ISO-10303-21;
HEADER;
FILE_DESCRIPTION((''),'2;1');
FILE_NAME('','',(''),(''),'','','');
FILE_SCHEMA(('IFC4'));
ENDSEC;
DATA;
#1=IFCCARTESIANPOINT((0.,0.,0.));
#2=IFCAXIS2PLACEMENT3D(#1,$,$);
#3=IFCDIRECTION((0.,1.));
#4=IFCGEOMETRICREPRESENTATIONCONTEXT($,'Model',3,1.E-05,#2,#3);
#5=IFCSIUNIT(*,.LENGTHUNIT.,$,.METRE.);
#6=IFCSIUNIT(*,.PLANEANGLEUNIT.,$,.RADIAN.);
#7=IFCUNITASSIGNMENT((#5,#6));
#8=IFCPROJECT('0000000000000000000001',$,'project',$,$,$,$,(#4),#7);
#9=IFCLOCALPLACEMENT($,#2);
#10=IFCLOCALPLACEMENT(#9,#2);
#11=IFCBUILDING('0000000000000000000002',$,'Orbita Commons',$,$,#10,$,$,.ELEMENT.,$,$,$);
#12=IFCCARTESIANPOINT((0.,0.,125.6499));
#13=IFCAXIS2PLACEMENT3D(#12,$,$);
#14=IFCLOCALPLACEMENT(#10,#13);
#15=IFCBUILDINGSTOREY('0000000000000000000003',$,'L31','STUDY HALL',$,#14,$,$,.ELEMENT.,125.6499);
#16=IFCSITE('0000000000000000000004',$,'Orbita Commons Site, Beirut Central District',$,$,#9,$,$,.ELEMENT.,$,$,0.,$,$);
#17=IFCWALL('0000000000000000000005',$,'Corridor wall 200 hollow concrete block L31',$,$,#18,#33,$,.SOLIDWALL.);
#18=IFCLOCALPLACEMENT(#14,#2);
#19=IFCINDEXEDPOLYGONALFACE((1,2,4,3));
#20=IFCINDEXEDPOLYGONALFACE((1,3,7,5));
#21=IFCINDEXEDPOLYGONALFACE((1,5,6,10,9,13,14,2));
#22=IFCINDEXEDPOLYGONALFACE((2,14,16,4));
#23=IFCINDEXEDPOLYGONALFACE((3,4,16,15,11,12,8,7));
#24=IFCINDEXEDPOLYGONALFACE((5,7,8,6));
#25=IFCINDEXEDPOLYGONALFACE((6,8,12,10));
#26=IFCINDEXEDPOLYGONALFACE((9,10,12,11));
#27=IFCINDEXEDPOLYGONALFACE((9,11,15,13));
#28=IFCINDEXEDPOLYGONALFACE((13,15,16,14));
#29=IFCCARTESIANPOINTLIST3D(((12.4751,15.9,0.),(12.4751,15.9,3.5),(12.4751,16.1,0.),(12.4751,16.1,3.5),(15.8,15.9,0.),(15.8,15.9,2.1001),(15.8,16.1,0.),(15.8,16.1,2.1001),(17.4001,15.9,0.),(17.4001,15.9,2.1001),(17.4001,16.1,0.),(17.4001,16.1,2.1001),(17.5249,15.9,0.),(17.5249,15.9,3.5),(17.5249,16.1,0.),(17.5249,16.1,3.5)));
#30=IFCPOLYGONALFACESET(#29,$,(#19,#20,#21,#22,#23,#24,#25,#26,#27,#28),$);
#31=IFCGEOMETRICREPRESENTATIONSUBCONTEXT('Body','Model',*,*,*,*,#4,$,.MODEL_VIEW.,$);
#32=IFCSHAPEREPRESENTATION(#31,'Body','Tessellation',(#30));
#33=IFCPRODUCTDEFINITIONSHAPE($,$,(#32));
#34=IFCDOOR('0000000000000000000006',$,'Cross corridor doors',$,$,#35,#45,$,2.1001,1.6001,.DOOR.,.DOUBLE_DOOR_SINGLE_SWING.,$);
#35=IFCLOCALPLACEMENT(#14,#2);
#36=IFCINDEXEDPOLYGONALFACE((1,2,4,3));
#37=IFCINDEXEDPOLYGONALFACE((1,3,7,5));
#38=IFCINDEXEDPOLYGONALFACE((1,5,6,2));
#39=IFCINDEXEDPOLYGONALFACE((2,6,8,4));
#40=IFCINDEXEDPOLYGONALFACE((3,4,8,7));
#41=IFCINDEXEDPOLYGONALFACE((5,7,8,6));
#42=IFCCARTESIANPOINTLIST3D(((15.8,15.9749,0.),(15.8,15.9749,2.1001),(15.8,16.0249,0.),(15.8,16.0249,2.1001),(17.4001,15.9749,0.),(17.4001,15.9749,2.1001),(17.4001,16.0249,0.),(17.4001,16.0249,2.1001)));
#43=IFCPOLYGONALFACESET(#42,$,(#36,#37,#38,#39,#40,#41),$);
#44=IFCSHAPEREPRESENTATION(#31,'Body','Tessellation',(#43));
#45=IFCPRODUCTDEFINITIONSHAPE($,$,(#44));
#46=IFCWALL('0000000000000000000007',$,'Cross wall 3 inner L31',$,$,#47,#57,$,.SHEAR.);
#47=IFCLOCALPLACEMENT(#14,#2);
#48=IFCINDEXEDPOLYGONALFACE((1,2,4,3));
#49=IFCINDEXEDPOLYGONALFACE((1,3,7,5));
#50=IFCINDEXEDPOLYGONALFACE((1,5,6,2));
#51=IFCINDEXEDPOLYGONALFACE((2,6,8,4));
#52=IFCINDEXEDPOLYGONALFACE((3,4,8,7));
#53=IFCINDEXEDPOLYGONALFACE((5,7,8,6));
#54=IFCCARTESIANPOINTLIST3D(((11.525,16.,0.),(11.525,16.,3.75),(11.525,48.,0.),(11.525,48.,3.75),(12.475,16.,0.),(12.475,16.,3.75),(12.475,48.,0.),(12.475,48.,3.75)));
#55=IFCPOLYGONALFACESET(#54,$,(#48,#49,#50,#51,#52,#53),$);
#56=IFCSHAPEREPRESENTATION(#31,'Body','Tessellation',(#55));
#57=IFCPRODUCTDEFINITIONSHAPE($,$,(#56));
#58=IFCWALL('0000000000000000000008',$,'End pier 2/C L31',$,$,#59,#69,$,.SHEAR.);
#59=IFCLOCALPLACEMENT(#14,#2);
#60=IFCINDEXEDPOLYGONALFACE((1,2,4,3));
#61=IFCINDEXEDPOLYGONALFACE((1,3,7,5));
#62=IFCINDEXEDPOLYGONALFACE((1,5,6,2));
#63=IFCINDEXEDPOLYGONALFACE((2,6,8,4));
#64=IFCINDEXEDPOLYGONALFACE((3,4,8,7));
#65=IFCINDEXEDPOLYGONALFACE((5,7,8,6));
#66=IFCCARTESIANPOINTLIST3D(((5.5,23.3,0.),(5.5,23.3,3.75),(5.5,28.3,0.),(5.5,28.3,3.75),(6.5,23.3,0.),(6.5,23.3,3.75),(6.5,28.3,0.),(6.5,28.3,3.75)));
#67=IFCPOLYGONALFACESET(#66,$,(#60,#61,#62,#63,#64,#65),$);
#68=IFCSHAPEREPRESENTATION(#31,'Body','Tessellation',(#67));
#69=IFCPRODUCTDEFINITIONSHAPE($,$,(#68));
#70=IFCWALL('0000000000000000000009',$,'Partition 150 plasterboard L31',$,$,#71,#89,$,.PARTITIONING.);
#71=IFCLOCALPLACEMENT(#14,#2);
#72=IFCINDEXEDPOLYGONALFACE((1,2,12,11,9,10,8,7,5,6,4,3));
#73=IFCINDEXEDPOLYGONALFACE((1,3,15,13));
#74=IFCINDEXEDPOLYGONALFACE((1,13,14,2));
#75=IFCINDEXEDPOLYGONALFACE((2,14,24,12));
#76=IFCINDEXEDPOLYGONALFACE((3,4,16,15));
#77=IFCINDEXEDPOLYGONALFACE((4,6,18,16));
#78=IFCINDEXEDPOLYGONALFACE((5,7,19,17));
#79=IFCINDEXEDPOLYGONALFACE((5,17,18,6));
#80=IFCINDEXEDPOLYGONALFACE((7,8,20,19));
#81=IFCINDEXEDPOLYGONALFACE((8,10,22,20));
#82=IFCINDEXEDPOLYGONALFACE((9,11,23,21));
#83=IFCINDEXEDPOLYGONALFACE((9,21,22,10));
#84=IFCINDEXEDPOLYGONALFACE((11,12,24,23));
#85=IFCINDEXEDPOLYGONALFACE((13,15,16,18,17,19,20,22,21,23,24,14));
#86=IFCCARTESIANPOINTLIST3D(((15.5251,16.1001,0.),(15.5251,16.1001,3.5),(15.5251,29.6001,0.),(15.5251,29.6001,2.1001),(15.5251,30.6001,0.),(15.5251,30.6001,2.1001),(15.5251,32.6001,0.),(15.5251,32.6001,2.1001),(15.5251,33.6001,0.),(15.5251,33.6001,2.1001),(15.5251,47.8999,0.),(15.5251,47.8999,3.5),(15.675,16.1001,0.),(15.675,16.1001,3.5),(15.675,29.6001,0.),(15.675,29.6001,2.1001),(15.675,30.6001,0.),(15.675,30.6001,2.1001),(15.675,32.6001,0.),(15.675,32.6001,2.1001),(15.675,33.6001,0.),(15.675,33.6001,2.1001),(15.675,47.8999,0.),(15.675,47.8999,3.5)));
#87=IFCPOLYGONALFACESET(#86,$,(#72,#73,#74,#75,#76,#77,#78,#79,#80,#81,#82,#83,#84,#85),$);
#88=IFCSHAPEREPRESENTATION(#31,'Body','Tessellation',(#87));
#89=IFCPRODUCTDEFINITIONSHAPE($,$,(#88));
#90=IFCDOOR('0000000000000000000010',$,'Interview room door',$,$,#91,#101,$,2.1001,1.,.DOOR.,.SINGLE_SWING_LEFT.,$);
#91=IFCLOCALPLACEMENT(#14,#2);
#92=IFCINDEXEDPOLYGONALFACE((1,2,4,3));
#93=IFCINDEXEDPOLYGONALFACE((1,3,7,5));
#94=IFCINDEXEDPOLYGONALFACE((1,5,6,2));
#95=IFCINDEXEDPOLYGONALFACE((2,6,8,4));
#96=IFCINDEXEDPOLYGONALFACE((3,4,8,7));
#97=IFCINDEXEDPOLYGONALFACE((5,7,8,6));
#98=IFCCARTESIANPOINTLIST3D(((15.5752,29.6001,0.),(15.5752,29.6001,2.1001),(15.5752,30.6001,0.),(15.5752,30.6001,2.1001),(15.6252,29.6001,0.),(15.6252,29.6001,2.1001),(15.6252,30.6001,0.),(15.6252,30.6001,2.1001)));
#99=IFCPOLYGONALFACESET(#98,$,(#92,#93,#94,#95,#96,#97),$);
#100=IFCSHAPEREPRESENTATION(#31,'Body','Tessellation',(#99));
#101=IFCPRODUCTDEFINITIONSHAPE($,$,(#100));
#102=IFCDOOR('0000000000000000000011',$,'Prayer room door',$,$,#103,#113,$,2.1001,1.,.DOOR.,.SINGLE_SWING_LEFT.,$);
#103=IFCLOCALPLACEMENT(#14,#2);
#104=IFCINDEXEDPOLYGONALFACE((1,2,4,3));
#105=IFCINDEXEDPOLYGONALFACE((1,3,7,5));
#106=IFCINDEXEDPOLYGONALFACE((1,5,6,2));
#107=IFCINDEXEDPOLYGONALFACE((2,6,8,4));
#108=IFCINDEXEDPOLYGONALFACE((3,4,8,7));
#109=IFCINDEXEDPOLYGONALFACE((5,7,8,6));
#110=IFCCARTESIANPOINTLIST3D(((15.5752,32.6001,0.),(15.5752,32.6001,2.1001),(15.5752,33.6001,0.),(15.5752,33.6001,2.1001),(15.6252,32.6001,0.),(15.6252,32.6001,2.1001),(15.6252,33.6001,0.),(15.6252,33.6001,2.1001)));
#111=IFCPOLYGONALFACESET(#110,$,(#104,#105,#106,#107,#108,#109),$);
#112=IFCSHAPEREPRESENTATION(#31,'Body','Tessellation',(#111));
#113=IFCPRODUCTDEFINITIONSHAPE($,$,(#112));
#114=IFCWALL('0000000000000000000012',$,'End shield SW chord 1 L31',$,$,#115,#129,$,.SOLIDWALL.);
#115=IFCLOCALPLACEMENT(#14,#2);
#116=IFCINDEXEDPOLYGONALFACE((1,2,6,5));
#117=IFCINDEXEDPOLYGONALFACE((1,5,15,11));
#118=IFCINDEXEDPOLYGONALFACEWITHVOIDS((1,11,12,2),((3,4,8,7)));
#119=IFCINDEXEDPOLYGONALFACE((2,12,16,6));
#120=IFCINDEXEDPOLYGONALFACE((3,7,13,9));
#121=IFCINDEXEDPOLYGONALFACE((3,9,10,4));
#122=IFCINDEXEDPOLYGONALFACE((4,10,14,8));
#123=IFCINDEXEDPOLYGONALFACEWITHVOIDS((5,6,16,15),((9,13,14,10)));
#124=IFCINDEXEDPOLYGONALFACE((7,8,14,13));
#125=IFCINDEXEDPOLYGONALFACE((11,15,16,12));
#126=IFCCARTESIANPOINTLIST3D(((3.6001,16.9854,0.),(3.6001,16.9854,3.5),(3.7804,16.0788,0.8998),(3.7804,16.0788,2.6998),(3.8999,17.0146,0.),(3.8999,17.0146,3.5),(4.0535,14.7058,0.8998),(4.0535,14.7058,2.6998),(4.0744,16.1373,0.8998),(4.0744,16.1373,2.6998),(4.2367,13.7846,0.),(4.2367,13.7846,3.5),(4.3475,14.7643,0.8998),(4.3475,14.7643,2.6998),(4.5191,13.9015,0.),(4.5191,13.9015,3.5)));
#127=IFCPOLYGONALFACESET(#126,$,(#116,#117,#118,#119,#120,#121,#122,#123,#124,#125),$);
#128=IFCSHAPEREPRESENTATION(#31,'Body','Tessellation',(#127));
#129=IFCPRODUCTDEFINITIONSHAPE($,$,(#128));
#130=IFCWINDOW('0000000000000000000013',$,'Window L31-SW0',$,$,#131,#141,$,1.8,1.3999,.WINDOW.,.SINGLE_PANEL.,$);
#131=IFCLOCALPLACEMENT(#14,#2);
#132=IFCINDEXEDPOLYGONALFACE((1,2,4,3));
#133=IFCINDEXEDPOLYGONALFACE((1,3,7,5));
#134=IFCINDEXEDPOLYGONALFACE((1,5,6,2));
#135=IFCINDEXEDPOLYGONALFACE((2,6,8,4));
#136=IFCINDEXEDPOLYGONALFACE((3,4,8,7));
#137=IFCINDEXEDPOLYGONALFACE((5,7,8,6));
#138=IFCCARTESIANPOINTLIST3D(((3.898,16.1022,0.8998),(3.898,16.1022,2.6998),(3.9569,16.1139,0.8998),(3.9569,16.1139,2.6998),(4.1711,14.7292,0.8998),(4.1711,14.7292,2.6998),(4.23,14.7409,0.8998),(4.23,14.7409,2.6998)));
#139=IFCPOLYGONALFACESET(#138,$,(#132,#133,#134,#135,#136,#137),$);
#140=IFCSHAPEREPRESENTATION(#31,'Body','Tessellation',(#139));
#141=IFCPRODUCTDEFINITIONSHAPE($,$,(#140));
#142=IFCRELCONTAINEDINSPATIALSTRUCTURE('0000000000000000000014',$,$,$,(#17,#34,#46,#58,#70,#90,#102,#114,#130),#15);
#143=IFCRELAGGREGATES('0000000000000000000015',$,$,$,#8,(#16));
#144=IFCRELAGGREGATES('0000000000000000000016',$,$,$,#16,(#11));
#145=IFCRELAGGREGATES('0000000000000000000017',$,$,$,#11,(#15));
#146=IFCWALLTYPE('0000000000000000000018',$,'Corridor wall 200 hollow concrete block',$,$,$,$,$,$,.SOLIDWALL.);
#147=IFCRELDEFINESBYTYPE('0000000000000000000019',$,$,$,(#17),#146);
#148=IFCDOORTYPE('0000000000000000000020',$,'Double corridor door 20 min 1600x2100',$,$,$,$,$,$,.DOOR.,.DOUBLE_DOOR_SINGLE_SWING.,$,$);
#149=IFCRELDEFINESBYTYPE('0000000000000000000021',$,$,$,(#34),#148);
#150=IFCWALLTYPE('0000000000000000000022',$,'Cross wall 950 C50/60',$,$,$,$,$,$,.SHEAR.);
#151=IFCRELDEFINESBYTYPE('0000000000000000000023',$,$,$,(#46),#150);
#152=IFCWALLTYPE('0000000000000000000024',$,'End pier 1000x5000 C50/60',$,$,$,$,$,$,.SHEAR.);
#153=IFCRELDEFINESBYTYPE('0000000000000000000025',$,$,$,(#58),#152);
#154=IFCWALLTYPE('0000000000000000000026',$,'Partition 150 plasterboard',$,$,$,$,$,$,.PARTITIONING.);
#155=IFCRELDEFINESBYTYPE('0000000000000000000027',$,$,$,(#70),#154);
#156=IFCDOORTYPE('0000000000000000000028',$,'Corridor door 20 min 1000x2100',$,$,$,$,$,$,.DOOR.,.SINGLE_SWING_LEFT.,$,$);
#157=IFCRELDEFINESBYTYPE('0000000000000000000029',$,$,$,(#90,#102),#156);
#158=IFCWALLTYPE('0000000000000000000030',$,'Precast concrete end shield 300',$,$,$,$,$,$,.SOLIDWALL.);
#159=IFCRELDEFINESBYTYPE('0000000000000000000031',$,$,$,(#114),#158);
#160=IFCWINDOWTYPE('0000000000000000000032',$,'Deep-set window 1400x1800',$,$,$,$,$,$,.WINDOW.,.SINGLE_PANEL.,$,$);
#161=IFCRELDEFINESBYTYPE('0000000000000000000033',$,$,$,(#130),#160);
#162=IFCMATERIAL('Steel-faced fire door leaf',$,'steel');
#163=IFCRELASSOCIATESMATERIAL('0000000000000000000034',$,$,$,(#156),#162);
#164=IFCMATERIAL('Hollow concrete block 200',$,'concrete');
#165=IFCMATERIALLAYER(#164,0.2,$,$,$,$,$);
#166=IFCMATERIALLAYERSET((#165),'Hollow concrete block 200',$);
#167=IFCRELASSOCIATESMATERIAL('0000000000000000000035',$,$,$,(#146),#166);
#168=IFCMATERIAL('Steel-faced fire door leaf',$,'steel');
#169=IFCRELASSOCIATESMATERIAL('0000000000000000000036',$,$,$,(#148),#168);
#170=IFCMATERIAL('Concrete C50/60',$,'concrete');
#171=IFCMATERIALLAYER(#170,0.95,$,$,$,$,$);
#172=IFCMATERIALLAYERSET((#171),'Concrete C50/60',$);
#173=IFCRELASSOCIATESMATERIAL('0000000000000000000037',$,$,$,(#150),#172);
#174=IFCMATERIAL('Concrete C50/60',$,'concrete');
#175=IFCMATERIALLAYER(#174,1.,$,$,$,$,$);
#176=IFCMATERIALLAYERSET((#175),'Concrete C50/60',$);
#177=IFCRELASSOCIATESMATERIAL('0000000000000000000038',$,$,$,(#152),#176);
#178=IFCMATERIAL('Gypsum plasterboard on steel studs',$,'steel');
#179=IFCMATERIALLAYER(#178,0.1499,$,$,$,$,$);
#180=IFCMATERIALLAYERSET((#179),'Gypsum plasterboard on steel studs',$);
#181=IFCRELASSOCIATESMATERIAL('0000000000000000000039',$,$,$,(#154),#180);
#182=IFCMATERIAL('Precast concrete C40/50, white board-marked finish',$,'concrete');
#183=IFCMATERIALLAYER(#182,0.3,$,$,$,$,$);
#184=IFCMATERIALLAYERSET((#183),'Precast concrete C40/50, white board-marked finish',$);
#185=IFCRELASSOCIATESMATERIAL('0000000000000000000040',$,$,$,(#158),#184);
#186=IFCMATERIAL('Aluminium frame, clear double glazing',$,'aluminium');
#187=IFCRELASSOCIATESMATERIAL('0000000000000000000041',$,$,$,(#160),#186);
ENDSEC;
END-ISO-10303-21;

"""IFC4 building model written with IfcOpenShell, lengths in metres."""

from ifc_helpers import new_model, si_unit, direction, frame, frame_2d, origin, place, context, subcontext, project, spatial, polyline, rectangle, outline, extrude, material, layer, layer_set, type_object, element, fill, save


model = new_model("IFC4")

# Units and contexts
model_context = context("Model", 3, precision=1e-05, world=origin(), true_north=direction((0.0, 1.0)))
body_context = subcontext(model_context, "Body", "Model", "MODEL_VIEW")
ifc_project = project(units=[si_unit("LENGTHUNIT", "METRE"), si_unit("PLANEANGLEUNIT", "RADIAN")], contexts=[model_context])

# Site, building, storey
site_placement = place(None, origin())
site = spatial("IfcSite", under=ifc_project, at=site_placement, Name="Orbita Commons Site, Beirut Central District", CompositionType="ELEMENT", RefElevation=0.0)
building_placement = place(site_placement, origin())
building = spatial("IfcBuilding", under=site, at=building_placement, Name="Orbita Commons", CompositionType="ELEMENT")
storey_placement = place(building_placement, frame((0.0, 0.0, 125.6499)))
storey = spatial("IfcBuildingStorey", under=building, at=storey_placement, Name="L31", Description="STUDY HALL", CompositionType="ELEMENT", Elevation=125.6499)

# Wall, opening, door
ifc_material_1 = material(Name="Steel-faced fire door leaf", Category="steel")
door_type_1 = type_object("IfcDoorType", Name="Corridor door 20 min 1000x2100", OperationType="SINGLE_SWING_LEFT", PredefinedType="DOOR", material=ifc_material_1)
ifc_material_2 = material(Name="Hollow concrete block 200", Category="concrete")
ifc_layer_1 = layer(ifc_material_2, 0.2)
ifc_layer_set_1 = layer_set([ifc_layer_1], Name="Hollow concrete block 200")
wall_type_1 = type_object("IfcWallType", Name="Corridor wall 200 hollow concrete block", PredefinedType="SOLIDWALL", material=ifc_layer_set_1)
wall_1_placement = place(storey_placement, frame((12.4751, 16.0, 0.0), z_axis=(0.0, 0.0, 1.0), x_axis=(1.0, 0.0, 0.0)))
wall_1 = element("IfcWall", 1, at=wall_1_placement, inside=storey, type_object=wall_type_1, Name="Corridor wall 200 hollow concrete block L31", PredefinedType="SOLIDWALL", context=body_context, shape_type="SweptSolid", body=[
    extrude(rectangle(XDim=5.0498, YDim=0.2, at=frame_2d((2.5249, 0.0))), origin(), (0.0, 0.0, 1.0), 3.5),
])
opening_1_placement = place(wall_1_placement, frame((3.325, 0.0, 0.0)))
opening_1 = element("IfcOpeningElement", 2, at=opening_1_placement, cuts=wall_1, PredefinedType="OPENING", context=body_context, shape_type="SweptSolid", body=[
    extrude(rectangle(XDim=1.6001, YDim=2.1001, at=frame_2d((0.8, 1.05))), frame((0.0, 0.1099, 0.0), z_axis=(0.0, -1.0, 0.0), x_axis=(1.0, 0.0, 0.0)), (0.0, 0.0, 1.0), 0.22),
])
ifc_material_3 = material(Name="Steel-faced fire door leaf", Category="steel")
door_type_2 = type_object("IfcDoorType", Name="Double corridor door 20 min 1600x2100", OperationType="DOUBLE_DOOR_SINGLE_SWING", PredefinedType="DOOR", material=ifc_material_3)
door_1_placement = place(opening_1_placement, origin())
door_1 = element("IfcDoor", 3, at=door_1_placement, inside=storey, type_object=door_type_2, Name="Cross corridor doors", OperationType="DOUBLE_DOOR_SINGLE_SWING", OverallHeight=2.1001, OverallWidth=1.6001, PredefinedType="DOOR", context=body_context, shape_type="SweptSolid", body=[
    extrude(rectangle(XDim=1.6001, YDim=2.1001, at=frame_2d((0.8, 1.05))), frame((0.0, 0.0249, 0.0), z_axis=(0.0, -1.0, 0.0), x_axis=(1.0, 0.0, 0.0)), (0.0, 0.0, 1.0), 0.05),
])
fill(opening_1, door_1)

# Walls
ifc_material_4 = material(Name="Concrete C50/60", Category="concrete")
ifc_layer_2 = layer(ifc_material_4, 0.95)
ifc_layer_set_2 = layer_set([ifc_layer_2], Name="Concrete C50/60")
wall_type_2 = type_object("IfcWallType", Name="Cross wall 950 C50/60", PredefinedType="SHEAR", material=ifc_layer_set_2)
wall_2_placement = place(storey_placement, frame((12.0, 16.0, 0.0), z_axis=(0.0, 0.0, 1.0), x_axis=(0.0, 1.0, 0.0)))
element("IfcWall", 4, at=wall_2_placement, inside=storey, type_object=wall_type_2, Name="Cross wall 3 inner L31", PredefinedType="SHEAR", context=body_context, shape_type="SweptSolid", body=[
    extrude(rectangle(XDim=32.0, YDim=0.95, at=frame_2d((16.0, 0.0))), origin(), (0.0, 0.0, 1.0), 3.75),
])
ifc_material_5 = material(Name="Concrete C50/60", Category="concrete")
ifc_layer_3 = layer(ifc_material_5, 1.0)
ifc_layer_set_3 = layer_set([ifc_layer_3], Name="Concrete C50/60")
wall_type_3 = type_object("IfcWallType", Name="End pier 1000x5000 C50/60", PredefinedType="SHEAR", material=ifc_layer_set_3)
wall_3_placement = place(storey_placement, frame((6.0, 23.3, 0.0), z_axis=(0.0, 0.0, 1.0), x_axis=(0.0, 1.0, 0.0)))
element("IfcWall", 5, at=wall_3_placement, inside=storey, type_object=wall_type_3, Name="End pier 2/C L31", PredefinedType="SHEAR", context=body_context, shape_type="SweptSolid", body=[
    extrude(rectangle(XDim=5.0, YDim=1.0, at=frame_2d((2.5, 0.0))), origin(), (0.0, 0.0, 1.0), 3.75),
])

# Wall, openings, doors
ifc_material_6 = material(Name="Gypsum plasterboard on steel studs", Category="steel")
ifc_layer_4 = layer(ifc_material_6, 0.1499)
ifc_layer_set_4 = layer_set([ifc_layer_4], Name="Gypsum plasterboard on steel studs")
wall_type_4 = type_object("IfcWallType", Name="Partition 150 plasterboard", PredefinedType="PARTITIONING", material=ifc_layer_set_4)
wall_4_placement = place(storey_placement, frame((15.6001, 16.1001, 0.0), z_axis=(0.0, 0.0, 1.0), x_axis=(0.0, 1.0, 0.0)))
wall_4 = element("IfcWall", 6, at=wall_4_placement, inside=storey, type_object=wall_type_4, Name="Partition 150 plasterboard L31", PredefinedType="PARTITIONING", context=body_context, shape_type="SweptSolid", body=[
    extrude(rectangle(XDim=31.7998, YDim=0.1499, at=frame_2d((15.8999, 0.0))), origin(), (0.0, 0.0, 1.0), 3.5),
])
opening_2_placement = place(wall_4_placement, frame((13.5, 0.0, 0.0)))
opening_2 = element("IfcOpeningElement", 7, at=opening_2_placement, cuts=wall_4, PredefinedType="OPENING", context=body_context, shape_type="SweptSolid", body=[
    extrude(rectangle(XDim=1.0, YDim=2.1001, at=frame_2d((0.5, 1.05))), frame((0.0, 0.085, 0.0), z_axis=(0.0, -1.0, 0.0), x_axis=(1.0, 0.0, 0.0)), (0.0, 0.0, 1.0), 0.1699),
])
opening_3_placement = place(wall_4_placement, frame((16.5, 0.0, 0.0)))
opening_3 = element("IfcOpeningElement", 8, at=opening_3_placement, cuts=wall_4, PredefinedType="OPENING", context=body_context, shape_type="SweptSolid", body=[
    extrude(rectangle(XDim=1.0, YDim=2.1001, at=frame_2d((0.5, 1.05))), frame((0.0, 0.085, 0.0), z_axis=(0.0, -1.0, 0.0), x_axis=(1.0, 0.0, 0.0)), (0.0, 0.0, 1.0), 0.1699),
])
door_2_placement = place(opening_2_placement, origin())
door_2 = element("IfcDoor", 9, at=door_2_placement, inside=storey, type_object=door_type_1, Name="Interview room door", OperationType="SINGLE_SWING_LEFT", OverallHeight=2.1001, OverallWidth=1.0, PredefinedType="DOOR", context=body_context, shape_type="SweptSolid", body=[
    extrude(rectangle(XDim=1.0, YDim=2.1001, at=frame_2d((0.5, 1.05))), frame((0.0, 0.0249, 0.0), z_axis=(0.0, -1.0, 0.0), x_axis=(1.0, 0.0, 0.0)), (0.0, 0.0, 1.0), 0.05),
])
fill(opening_2, door_2)
door_3_placement = place(opening_3_placement, origin())
door_3 = element("IfcDoor", 10, at=door_3_placement, inside=storey, type_object=door_type_1, Name="Prayer room door", OperationType="SINGLE_SWING_LEFT", OverallHeight=2.1001, OverallWidth=1.0, PredefinedType="DOOR", context=body_context, shape_type="SweptSolid", body=[
    extrude(rectangle(XDim=1.0, YDim=2.1001, at=frame_2d((0.5, 1.05))), frame((0.0, 0.0249, 0.0), z_axis=(0.0, -1.0, 0.0), x_axis=(1.0, 0.0, 0.0)), (0.0, 0.0, 1.0), 0.05),
])
fill(opening_3, door_3)

# Wall, opening, window
ifc_material_7 = material(Name="Precast concrete C40/50, white board-marked finish", Category="concrete")
ifc_layer_5 = layer(ifc_material_7, 0.3)
ifc_layer_set_5 = layer_set([ifc_layer_5], Name="Precast concrete C40/50, white board-marked finish")
wall_type_5 = type_object("IfcWallType", Name="Precast concrete end shield 300", PredefinedType="SOLIDWALL", material=ifc_layer_set_5)
wall_5_placement = place(storey_placement, frame((3.75, 17.0, 0.0), z_axis=(0.0, 0.0, 1.0), x_axis=(0.19508, -0.980787, 0.0)))
wall_5 = element("IfcWall", 11, at=wall_5_placement, inside=storey, type_object=wall_type_5, Name="End shield SW chord 1 L31", PredefinedType="SOLIDWALL", context=body_context, shape_type="SweptSolid", body=[
    extrude(outline(polyline([(-0.0149, -0.1499), (3.2485, -0.1499), (3.189, 0.1499), (0.0149, 0.1499), (-0.0149, -0.1499)])), origin(), (0.0, 0.0, 1.0), 3.5),
])
opening_4_placement = place(wall_5_placement, frame((0.9094, 0.0, 0.8999)))
opening_4 = element("IfcOpeningElement", 12, at=opening_4_placement, cuts=wall_5, PredefinedType="OPENING", context=body_context, shape_type="SweptSolid", body=[
    extrude(rectangle(XDim=1.3999, YDim=1.8, at=frame_2d((0.7, 0.8999))), frame((0.0, 0.1599, 0.0), z_axis=(0.0, -1.0, 0.0), x_axis=(1.0, 0.0, 0.0)), (0.0, 0.0, 1.0), 0.3201),
])
ifc_material_8 = material(Name="Aluminium frame, clear double glazing", Category="aluminium")
window_type = type_object("IfcWindowType", Name="Deep-set window 1400x1800", PartitioningType="SINGLE_PANEL", PredefinedType="WINDOW", material=ifc_material_8)
window_1_placement = place(opening_4_placement, origin())
window_1 = element("IfcWindow", 13, at=window_1_placement, inside=storey, type_object=window_type, Name="Window L31-SW0", OverallHeight=1.8, OverallWidth=1.3999, PartitioningType="SINGLE_PANEL", PredefinedType="WINDOW", context=body_context, shape_type="SweptSolid", body=[
    extrude(rectangle(XDim=1.3999, YDim=1.8, at=frame_2d((0.7, 0.8999))), frame((0.0, 0.03, 0.0), z_axis=(0.0, -1.0, 0.0), x_axis=(1.0, 0.0, 0.0)), (0.0, 0.0, 1.0), 0.0601),
])
fill(opening_4, window_1)

save(model, "model.ifc")
